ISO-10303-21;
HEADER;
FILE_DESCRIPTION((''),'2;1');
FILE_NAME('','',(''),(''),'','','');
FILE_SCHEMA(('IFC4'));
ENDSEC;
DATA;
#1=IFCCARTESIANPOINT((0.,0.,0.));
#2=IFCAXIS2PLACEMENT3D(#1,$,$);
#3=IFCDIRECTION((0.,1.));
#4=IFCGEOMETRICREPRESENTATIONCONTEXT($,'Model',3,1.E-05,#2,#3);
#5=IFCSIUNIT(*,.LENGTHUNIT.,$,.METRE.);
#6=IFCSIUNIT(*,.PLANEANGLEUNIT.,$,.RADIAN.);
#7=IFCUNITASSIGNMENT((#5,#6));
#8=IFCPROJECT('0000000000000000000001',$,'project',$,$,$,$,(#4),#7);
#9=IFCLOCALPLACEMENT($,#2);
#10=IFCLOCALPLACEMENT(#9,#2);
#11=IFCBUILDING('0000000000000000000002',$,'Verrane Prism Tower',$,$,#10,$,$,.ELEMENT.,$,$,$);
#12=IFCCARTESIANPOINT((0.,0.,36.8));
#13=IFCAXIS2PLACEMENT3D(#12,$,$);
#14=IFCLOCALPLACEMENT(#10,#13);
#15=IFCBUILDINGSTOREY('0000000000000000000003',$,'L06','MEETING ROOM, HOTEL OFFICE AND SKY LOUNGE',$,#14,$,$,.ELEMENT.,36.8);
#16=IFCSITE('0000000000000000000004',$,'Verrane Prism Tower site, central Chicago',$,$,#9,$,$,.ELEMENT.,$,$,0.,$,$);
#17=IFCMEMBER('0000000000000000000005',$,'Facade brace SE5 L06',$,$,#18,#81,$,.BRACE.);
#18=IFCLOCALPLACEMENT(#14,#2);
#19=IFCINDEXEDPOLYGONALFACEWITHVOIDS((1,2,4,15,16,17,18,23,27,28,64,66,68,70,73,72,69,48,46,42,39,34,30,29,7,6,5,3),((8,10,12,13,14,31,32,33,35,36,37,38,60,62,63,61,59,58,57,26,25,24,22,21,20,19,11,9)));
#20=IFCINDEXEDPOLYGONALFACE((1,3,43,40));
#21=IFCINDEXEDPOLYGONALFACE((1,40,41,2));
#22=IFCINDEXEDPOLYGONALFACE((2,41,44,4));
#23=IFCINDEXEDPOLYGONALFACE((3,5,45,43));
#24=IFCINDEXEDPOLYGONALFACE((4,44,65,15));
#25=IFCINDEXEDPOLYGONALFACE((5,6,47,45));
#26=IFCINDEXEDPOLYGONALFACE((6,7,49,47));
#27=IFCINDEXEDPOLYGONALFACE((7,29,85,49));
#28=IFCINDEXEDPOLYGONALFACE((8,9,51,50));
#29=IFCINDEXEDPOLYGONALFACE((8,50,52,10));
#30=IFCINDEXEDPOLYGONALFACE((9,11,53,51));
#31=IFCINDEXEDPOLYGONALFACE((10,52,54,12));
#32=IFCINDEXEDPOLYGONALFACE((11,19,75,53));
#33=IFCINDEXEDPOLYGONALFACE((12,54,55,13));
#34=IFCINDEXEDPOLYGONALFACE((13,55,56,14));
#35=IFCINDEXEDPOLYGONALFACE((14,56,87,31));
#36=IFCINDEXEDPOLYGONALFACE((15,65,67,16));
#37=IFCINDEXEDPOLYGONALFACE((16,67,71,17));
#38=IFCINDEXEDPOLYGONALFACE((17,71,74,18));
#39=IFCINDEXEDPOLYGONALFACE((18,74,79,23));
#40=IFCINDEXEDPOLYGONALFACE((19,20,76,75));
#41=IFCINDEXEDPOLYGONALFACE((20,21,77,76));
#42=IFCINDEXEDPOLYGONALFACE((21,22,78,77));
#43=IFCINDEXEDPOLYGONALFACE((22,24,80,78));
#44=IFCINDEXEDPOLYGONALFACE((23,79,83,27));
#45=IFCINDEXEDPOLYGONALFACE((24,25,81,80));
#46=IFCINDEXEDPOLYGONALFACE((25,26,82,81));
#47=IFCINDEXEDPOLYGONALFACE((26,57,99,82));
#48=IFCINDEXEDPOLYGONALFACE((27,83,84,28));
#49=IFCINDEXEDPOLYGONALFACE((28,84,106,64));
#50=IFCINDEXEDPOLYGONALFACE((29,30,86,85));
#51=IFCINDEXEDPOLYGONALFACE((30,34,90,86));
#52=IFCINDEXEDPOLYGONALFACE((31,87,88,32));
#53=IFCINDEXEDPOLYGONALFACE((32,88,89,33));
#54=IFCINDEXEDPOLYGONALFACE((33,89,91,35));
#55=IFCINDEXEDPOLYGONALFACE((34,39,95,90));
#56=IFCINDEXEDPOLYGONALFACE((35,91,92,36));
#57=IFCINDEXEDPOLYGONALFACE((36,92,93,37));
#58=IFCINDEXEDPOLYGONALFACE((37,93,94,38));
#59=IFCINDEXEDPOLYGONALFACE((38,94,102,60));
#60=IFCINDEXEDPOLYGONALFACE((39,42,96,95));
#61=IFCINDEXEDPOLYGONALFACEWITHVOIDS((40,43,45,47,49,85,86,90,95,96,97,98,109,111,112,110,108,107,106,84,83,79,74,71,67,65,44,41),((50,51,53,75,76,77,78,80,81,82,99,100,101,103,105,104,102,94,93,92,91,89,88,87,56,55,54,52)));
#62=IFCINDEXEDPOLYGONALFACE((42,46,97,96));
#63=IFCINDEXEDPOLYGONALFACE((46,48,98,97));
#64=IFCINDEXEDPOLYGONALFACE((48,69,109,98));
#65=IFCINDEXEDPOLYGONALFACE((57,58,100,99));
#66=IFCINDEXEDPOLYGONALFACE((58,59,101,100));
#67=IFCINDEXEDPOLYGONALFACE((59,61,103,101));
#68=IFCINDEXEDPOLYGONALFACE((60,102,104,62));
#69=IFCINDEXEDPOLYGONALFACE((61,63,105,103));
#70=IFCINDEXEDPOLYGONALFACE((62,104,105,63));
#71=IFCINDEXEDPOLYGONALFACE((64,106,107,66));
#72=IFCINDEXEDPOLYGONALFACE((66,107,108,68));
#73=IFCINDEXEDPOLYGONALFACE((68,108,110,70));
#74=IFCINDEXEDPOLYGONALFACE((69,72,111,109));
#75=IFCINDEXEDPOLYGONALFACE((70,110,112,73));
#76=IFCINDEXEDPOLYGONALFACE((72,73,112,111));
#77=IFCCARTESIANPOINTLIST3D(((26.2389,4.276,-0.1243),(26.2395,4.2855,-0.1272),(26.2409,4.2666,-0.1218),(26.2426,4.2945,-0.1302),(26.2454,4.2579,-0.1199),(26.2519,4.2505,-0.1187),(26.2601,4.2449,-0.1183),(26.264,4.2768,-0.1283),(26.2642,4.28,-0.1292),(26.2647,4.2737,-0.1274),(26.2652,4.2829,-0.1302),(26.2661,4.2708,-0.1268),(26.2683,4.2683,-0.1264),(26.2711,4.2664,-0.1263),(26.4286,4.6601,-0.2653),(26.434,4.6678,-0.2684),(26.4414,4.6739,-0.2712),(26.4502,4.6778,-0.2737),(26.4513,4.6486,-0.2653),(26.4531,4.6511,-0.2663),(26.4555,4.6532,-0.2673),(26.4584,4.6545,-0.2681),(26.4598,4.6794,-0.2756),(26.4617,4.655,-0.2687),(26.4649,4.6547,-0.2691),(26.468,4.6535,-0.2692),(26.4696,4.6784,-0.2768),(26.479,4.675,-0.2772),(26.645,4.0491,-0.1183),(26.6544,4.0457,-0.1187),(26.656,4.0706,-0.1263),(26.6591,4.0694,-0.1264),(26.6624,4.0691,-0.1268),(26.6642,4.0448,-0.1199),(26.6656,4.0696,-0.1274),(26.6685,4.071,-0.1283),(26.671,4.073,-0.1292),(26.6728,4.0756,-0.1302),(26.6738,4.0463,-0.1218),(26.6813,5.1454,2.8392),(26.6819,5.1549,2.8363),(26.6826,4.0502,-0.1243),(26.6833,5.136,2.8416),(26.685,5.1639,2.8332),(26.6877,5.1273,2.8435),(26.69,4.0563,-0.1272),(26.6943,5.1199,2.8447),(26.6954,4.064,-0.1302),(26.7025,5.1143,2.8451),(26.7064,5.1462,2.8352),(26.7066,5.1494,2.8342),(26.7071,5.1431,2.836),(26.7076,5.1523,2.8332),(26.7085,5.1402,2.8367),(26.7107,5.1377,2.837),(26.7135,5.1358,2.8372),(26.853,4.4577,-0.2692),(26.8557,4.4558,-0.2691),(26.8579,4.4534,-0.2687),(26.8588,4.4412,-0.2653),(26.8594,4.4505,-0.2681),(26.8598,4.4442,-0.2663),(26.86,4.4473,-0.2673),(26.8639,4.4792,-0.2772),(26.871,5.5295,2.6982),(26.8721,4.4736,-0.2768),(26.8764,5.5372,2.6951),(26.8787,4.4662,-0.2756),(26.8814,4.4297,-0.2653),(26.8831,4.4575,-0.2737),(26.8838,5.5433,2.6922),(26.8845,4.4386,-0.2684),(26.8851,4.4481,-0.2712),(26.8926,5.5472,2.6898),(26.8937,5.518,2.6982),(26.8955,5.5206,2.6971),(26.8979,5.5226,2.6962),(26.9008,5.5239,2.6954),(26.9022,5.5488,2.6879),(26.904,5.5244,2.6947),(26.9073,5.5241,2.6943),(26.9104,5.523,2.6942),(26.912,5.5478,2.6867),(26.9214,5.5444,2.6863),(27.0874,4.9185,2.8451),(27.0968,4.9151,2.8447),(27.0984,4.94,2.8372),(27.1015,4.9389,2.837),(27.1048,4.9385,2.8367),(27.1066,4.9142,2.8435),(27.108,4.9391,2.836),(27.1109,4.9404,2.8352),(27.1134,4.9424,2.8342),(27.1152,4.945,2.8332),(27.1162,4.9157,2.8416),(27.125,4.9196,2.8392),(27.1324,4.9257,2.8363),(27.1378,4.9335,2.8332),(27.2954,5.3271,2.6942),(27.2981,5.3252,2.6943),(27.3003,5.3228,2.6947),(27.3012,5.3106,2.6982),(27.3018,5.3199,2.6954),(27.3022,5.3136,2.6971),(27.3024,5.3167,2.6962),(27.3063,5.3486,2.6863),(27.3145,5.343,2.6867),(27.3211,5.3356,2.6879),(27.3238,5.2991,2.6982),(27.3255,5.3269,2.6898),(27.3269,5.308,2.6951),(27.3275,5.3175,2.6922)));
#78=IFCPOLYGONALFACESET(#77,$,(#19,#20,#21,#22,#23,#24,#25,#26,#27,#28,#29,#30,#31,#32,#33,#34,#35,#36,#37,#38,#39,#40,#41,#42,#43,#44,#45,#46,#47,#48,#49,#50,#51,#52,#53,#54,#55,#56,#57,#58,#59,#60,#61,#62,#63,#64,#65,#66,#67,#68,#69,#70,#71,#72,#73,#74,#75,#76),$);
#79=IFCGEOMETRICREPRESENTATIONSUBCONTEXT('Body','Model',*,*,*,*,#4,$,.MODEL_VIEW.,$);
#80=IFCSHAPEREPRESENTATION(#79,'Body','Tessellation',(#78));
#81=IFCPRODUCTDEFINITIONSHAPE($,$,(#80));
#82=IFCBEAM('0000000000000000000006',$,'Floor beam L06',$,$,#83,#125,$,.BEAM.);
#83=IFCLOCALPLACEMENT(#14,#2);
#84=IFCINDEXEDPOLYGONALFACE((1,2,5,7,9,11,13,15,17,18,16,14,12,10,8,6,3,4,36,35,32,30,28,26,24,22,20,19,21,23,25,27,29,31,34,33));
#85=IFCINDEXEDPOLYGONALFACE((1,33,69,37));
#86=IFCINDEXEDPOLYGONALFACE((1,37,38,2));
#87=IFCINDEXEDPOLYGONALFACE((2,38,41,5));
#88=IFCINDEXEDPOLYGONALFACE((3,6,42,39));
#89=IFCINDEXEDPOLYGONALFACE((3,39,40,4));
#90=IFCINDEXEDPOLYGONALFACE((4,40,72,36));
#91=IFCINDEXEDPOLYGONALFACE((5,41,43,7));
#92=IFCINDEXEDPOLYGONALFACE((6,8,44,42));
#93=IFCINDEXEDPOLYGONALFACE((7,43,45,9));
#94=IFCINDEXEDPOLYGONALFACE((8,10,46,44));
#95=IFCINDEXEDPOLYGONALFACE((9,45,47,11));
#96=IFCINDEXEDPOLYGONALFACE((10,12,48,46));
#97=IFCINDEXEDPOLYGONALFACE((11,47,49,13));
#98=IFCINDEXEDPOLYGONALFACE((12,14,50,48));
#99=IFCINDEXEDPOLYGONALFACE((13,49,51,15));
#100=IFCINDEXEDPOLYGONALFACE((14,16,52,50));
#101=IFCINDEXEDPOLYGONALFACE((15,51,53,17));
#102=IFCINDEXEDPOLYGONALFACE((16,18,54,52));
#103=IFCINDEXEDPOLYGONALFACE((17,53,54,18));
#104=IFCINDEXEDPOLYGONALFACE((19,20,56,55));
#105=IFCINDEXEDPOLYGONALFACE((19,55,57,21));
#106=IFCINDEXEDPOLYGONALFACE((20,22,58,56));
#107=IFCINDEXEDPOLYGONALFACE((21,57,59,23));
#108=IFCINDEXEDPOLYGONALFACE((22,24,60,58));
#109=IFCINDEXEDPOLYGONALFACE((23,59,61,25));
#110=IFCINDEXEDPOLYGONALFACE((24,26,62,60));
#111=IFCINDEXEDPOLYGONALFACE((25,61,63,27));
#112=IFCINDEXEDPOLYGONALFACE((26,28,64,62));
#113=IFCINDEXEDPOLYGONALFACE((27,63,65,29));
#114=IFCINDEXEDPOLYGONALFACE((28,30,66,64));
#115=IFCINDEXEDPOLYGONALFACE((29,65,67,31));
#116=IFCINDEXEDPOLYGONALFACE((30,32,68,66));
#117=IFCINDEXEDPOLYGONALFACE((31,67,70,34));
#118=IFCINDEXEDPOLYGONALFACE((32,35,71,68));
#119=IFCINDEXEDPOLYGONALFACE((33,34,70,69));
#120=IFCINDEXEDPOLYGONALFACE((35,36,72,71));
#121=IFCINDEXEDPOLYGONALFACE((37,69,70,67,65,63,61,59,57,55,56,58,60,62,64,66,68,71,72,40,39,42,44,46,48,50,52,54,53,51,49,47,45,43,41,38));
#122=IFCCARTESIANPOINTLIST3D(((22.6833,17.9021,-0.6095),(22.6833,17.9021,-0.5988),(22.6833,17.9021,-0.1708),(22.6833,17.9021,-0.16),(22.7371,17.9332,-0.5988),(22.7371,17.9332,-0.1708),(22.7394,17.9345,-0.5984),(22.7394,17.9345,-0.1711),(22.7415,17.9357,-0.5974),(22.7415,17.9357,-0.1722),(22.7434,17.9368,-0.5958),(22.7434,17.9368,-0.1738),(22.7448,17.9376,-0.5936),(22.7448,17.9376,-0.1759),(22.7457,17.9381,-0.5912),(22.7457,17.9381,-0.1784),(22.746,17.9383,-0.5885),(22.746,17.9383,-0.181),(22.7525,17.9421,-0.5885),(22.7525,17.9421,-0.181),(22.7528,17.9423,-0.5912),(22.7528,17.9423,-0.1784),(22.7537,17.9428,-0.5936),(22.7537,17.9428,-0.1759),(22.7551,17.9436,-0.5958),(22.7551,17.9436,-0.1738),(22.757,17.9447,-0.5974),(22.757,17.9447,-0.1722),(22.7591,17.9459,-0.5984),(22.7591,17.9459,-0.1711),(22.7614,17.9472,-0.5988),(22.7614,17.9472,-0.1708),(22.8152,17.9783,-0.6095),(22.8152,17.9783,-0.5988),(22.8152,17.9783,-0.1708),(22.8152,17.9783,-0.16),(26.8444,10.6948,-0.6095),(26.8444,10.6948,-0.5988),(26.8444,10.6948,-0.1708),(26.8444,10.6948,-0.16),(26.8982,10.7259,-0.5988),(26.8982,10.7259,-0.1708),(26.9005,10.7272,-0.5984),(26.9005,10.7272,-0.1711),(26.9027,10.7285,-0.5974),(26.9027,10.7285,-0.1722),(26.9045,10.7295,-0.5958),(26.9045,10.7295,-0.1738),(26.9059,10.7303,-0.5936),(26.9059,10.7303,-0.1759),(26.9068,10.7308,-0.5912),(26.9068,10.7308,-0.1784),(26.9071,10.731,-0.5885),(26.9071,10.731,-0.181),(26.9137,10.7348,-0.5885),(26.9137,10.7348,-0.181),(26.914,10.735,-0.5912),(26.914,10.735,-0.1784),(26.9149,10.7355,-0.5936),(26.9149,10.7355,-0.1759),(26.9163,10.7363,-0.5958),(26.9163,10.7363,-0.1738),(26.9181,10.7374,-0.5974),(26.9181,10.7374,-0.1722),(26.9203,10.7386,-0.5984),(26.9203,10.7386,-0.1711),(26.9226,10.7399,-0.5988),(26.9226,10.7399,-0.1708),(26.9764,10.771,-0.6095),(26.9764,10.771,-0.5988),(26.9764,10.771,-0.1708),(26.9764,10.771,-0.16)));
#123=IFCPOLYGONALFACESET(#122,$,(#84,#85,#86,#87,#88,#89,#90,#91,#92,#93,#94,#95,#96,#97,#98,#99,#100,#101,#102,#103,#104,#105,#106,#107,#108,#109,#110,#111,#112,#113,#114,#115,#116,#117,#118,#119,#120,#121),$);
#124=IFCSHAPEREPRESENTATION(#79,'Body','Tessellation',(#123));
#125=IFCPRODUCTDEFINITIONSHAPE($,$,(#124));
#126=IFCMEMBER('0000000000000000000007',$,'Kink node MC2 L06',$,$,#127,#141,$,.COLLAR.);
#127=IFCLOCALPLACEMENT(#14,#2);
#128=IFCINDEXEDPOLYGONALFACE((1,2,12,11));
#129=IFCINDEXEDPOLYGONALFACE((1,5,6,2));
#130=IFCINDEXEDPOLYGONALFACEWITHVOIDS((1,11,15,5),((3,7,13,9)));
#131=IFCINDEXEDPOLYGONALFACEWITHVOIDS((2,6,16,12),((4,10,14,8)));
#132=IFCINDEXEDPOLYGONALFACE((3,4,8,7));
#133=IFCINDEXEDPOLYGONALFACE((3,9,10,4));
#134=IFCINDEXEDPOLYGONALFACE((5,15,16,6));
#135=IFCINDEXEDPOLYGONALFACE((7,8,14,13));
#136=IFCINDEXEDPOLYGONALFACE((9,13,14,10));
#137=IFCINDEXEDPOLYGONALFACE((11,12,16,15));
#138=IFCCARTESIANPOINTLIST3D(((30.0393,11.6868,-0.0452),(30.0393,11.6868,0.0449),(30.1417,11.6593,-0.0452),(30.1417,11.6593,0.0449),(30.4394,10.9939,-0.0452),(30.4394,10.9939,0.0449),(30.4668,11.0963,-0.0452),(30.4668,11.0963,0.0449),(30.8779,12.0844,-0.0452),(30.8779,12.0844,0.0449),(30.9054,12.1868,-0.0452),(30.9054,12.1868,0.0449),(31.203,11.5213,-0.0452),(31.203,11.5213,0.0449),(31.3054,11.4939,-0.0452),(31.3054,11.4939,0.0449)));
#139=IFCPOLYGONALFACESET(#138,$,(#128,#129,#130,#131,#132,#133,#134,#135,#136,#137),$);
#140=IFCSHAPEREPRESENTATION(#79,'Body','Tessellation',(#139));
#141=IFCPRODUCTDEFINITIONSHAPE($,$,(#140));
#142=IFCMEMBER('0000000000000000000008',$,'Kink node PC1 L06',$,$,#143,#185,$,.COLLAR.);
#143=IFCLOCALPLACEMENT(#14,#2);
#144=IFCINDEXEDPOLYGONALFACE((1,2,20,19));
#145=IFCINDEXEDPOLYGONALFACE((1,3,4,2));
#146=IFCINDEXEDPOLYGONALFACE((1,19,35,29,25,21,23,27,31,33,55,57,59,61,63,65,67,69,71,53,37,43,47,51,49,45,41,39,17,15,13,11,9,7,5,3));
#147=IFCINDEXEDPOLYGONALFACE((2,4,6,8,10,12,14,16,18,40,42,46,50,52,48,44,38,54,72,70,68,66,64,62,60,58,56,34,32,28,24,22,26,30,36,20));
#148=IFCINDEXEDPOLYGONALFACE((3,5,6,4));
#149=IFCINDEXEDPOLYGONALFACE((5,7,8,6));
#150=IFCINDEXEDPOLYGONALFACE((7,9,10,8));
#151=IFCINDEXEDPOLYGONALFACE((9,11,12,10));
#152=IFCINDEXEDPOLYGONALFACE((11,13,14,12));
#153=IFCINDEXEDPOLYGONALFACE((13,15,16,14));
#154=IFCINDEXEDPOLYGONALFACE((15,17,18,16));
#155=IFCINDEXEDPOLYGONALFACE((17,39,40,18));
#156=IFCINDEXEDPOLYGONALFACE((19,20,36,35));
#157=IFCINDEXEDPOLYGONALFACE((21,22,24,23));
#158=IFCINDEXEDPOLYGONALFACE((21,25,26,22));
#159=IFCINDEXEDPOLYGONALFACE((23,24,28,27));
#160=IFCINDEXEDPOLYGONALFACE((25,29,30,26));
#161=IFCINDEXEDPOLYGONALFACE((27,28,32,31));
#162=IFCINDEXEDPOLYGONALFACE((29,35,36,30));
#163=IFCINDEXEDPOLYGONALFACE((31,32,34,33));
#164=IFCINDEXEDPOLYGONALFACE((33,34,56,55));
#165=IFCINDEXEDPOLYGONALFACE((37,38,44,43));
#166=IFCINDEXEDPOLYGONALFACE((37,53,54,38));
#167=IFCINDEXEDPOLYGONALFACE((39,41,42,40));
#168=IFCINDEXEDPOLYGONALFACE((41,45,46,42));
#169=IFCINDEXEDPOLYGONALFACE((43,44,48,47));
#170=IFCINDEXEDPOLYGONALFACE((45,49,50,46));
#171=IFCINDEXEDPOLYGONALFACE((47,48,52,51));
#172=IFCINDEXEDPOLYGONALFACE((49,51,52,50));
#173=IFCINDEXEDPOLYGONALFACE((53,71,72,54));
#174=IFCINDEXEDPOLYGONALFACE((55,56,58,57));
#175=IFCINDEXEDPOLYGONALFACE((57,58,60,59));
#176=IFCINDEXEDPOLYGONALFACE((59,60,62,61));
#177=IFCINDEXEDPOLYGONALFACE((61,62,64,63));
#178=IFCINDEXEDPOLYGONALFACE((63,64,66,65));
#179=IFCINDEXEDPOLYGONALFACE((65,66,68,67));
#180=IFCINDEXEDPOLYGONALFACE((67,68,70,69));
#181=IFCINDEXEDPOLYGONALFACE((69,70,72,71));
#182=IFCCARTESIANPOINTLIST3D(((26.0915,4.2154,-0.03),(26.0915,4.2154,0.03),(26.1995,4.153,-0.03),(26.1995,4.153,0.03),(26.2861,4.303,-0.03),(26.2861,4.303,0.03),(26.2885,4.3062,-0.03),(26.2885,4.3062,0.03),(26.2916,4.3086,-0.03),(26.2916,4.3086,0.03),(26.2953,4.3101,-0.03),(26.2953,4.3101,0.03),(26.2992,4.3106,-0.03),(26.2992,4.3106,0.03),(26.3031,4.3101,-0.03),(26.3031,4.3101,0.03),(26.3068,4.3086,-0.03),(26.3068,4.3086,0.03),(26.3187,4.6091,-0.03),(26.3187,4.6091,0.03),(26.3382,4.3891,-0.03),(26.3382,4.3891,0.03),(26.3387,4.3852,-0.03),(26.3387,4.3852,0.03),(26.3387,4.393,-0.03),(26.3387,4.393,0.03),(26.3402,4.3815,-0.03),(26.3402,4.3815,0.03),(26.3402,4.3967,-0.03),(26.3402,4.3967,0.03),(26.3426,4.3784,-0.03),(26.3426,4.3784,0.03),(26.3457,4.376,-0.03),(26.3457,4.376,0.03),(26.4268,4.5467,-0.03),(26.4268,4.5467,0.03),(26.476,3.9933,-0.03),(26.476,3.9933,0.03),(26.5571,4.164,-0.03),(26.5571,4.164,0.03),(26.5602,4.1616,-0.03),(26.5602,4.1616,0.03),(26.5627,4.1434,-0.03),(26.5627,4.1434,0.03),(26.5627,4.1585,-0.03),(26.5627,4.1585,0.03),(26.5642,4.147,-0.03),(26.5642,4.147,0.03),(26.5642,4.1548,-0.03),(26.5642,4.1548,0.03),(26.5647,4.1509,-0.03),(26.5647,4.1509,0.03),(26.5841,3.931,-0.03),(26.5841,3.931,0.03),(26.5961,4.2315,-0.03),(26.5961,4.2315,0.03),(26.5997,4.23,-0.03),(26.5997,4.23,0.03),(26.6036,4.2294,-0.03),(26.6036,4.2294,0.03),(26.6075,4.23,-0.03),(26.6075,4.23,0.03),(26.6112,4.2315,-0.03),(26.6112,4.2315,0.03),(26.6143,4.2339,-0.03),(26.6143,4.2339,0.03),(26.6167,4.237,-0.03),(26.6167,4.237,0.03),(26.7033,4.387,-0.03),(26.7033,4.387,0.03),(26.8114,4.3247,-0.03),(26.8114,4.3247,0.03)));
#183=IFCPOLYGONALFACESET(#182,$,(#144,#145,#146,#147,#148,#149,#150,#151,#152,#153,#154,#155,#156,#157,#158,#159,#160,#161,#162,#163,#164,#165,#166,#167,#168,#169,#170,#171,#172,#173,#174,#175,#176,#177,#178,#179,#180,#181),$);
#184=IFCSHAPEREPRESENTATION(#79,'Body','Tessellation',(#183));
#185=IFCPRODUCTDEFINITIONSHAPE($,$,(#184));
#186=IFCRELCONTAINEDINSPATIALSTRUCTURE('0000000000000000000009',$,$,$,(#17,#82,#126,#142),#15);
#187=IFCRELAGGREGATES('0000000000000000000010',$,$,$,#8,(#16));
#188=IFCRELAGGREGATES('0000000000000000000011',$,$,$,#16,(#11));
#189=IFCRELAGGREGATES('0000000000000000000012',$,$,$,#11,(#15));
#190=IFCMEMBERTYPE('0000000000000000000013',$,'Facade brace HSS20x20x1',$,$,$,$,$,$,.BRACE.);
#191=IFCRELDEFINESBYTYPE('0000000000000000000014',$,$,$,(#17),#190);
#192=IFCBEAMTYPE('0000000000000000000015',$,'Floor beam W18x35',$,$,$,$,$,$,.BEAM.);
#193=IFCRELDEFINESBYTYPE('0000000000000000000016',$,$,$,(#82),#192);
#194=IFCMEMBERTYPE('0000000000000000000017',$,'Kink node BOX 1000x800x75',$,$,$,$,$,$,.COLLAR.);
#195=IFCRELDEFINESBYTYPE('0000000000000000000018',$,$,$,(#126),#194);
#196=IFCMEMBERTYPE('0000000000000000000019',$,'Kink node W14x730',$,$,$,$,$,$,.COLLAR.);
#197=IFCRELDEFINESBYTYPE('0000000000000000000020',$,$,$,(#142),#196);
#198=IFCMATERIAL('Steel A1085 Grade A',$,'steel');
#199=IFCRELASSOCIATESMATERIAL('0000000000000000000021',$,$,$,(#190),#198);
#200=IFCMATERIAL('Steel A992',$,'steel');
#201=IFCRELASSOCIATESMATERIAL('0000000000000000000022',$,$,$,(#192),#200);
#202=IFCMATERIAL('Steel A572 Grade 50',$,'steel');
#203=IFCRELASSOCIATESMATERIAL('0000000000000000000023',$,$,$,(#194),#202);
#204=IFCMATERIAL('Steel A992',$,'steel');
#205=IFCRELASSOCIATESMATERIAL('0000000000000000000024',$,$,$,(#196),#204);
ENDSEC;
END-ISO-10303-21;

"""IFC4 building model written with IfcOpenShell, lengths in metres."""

from ifc_helpers import new_model, si_unit, direction, frame, origin, origin_2d, place, context, subcontext, project, spatial, hollow_rectangle, i_section, extrude, material, material_profile, profile_set, type_object, element, save


model = new_model("IFC4")

# Units and contexts
model_context = context("Model", 3, precision=1e-05, world=origin(), true_north=direction((0.0, 1.0)))
body_context = subcontext(model_context, "Body", "Model", "MODEL_VIEW")
ifc_project = project(units=[si_unit("LENGTHUNIT", "METRE"), si_unit("PLANEANGLEUNIT", "RADIAN")], contexts=[model_context])

# Site, building, storey
site_placement = place(None, origin())
site = spatial("IfcSite", under=ifc_project, at=site_placement, Name="Verrane Prism Tower site, central Chicago", CompositionType="ELEMENT", RefElevation=0.0)
building_placement = place(site_placement, origin())
building = spatial("IfcBuilding", under=site, at=building_placement, Name="Verrane Prism Tower", CompositionType="ELEMENT")
storey_placement = place(building_placement, frame((0.0, 0.0, 36.8)))
storey = spatial("IfcBuildingStorey", under=building, at=storey_placement, Name="L06", Description="MEETING ROOM, HOTEL OFFICE AND SKY LOUNGE", CompositionType="ELEMENT", Elevation=36.8)

# Member
ifc_material_1 = material(Name="Steel A1085 Grade A", Category="steel")
ifc_material_profile_1 = material_profile(ifc_material_1, hollow_rectangle(XDim=0.5081, YDim=0.5081, WallThickness=0.0254, InnerFilletRadius=0.0127, OuterFilletRadius=0.0381, at=origin_2d()), Name="HSS20x20x1")
ifc_profile_set_1 = profile_set([ifc_material_profile_1], Name="Steel A1085 Grade A")
member_type_1 = type_object("IfcMemberType", Name="Facade brace HSS20x20x1", PredefinedType="BRACE", material=ifc_profile_set_1)
member_1_placement = place(storey_placement, frame((26.562, 4.3621, -0.1978), z_axis=(0.141798, 0.278667, 0.949862), x_axis=(-0.891251, 0.45351, 0.0)))
element("IfcMember", 1, at=member_1_placement, inside=storey, type_object=member_type_1, Name="Facade brace SE5 L06", PredefinedType="BRACE", context=body_context, shape_type="SweptSolid", body=[
    extrude(hollow_rectangle(XDim=0.5081, YDim=0.5081, WallThickness=0.0254, InnerFilletRadius=0.0127, OuterFilletRadius=0.0381, at=origin_2d()), origin(), (0.0, 0.0, 1.0), 3.1199),
])

# Beam
ifc_material_2 = material(Name="Steel A992", Category="steel")
ifc_material_profile_2 = material_profile(ifc_material_2, i_section(OverallWidth=0.1523, OverallDepth=0.4495, WebThickness=0.0076, FlangeThickness=0.0107, FilletRadius=0.0103, at=origin_2d()), Name="W18x35")
ifc_profile_set_2 = profile_set([ifc_material_profile_2], Name="Steel A992")
beam_type_1 = type_object("IfcBeamType", Name="Floor beam W18x35", PredefinedType="BEAM", material=ifc_profile_set_2)
beam_1_placement = place(storey_placement, frame((26.9104, 10.7329, -0.3848), z_axis=(-0.500001, 0.866025, 0.0), x_axis=(-0.866025, -0.500001, 0.0)))
element("IfcBeam", 2, at=beam_1_placement, inside=storey, type_object=beam_type_1, Name="Floor beam L06", PredefinedType="BEAM", context=body_context, shape_type="SweptSolid", body=[
    extrude(i_section(OverallWidth=0.1523, OverallDepth=0.4495, WebThickness=0.0076, FlangeThickness=0.0107, FilletRadius=0.0103, at=origin_2d()), origin(), (0.0, 0.0, 1.0), 8.3223),
])

# Members
ifc_material_3 = material(Name="Steel A572 Grade 50", Category="steel")
ifc_material_profile_3 = material_profile(ifc_material_3, hollow_rectangle(XDim=0.8, YDim=1.0, WallThickness=0.075, at=origin_2d()), Name="BOX 1000x800x75")
ifc_profile_set_3 = profile_set([ifc_material_profile_3], Name="Steel A572 Grade 50")
member_type_2 = type_object("IfcMemberType", Name="Kink node BOX 1000x800x75", PredefinedType="COLLAR", material=ifc_profile_set_3)
member_2_placement = place(storey_placement, frame((30.6724, 11.5903, -0.0452), z_axis=(0.0, 0.0, 1.0), x_axis=(0.5, -0.866025, 0.0)))
element("IfcMember", 3, at=member_2_placement, inside=storey, type_object=member_type_2, Name="Kink node MC2 L06", PredefinedType="COLLAR", context=body_context, shape_type="SweptSolid", body=[
    extrude(hollow_rectangle(XDim=0.8, YDim=1.0, WallThickness=0.075, at=origin_2d()), origin(), (0.0, 0.0, 1.0), 0.0901),
])
ifc_material_4 = material(Name="Steel A992", Category="steel")
ifc_material_profile_4 = material_profile(ifc_material_4, i_section(OverallWidth=0.4546, OverallDepth=0.5688, WebThickness=0.0779, FlangeThickness=0.1248, FilletRadius=0.0151, at=origin_2d()), Name="W14x730")
ifc_profile_set_4 = profile_set([ifc_material_profile_4], Name="Steel A992")
member_type_3 = type_object("IfcMemberType", Name="Kink node W14x730", PredefinedType="COLLAR", material=ifc_profile_set_4)
member_3_placement = place(storey_placement, frame((26.4514, 4.27, -0.03), z_axis=(0.0, 0.0, 1.0), x_axis=(-0.5, -0.866025, 0.0)))
element("IfcMember", 4, at=member_3_placement, inside=storey, type_object=member_type_3, Name="Kink node PC1 L06", PredefinedType="COLLAR", context=body_context, shape_type="SweptSolid", body=[
    extrude(i_section(OverallWidth=0.4546, OverallDepth=0.5688, WebThickness=0.0779, FlangeThickness=0.1248, FilletRadius=0.0151, at=origin_2d()), origin(), (0.0, 0.0, 1.0), 0.0601),
])

save(model, "model.ifc")
